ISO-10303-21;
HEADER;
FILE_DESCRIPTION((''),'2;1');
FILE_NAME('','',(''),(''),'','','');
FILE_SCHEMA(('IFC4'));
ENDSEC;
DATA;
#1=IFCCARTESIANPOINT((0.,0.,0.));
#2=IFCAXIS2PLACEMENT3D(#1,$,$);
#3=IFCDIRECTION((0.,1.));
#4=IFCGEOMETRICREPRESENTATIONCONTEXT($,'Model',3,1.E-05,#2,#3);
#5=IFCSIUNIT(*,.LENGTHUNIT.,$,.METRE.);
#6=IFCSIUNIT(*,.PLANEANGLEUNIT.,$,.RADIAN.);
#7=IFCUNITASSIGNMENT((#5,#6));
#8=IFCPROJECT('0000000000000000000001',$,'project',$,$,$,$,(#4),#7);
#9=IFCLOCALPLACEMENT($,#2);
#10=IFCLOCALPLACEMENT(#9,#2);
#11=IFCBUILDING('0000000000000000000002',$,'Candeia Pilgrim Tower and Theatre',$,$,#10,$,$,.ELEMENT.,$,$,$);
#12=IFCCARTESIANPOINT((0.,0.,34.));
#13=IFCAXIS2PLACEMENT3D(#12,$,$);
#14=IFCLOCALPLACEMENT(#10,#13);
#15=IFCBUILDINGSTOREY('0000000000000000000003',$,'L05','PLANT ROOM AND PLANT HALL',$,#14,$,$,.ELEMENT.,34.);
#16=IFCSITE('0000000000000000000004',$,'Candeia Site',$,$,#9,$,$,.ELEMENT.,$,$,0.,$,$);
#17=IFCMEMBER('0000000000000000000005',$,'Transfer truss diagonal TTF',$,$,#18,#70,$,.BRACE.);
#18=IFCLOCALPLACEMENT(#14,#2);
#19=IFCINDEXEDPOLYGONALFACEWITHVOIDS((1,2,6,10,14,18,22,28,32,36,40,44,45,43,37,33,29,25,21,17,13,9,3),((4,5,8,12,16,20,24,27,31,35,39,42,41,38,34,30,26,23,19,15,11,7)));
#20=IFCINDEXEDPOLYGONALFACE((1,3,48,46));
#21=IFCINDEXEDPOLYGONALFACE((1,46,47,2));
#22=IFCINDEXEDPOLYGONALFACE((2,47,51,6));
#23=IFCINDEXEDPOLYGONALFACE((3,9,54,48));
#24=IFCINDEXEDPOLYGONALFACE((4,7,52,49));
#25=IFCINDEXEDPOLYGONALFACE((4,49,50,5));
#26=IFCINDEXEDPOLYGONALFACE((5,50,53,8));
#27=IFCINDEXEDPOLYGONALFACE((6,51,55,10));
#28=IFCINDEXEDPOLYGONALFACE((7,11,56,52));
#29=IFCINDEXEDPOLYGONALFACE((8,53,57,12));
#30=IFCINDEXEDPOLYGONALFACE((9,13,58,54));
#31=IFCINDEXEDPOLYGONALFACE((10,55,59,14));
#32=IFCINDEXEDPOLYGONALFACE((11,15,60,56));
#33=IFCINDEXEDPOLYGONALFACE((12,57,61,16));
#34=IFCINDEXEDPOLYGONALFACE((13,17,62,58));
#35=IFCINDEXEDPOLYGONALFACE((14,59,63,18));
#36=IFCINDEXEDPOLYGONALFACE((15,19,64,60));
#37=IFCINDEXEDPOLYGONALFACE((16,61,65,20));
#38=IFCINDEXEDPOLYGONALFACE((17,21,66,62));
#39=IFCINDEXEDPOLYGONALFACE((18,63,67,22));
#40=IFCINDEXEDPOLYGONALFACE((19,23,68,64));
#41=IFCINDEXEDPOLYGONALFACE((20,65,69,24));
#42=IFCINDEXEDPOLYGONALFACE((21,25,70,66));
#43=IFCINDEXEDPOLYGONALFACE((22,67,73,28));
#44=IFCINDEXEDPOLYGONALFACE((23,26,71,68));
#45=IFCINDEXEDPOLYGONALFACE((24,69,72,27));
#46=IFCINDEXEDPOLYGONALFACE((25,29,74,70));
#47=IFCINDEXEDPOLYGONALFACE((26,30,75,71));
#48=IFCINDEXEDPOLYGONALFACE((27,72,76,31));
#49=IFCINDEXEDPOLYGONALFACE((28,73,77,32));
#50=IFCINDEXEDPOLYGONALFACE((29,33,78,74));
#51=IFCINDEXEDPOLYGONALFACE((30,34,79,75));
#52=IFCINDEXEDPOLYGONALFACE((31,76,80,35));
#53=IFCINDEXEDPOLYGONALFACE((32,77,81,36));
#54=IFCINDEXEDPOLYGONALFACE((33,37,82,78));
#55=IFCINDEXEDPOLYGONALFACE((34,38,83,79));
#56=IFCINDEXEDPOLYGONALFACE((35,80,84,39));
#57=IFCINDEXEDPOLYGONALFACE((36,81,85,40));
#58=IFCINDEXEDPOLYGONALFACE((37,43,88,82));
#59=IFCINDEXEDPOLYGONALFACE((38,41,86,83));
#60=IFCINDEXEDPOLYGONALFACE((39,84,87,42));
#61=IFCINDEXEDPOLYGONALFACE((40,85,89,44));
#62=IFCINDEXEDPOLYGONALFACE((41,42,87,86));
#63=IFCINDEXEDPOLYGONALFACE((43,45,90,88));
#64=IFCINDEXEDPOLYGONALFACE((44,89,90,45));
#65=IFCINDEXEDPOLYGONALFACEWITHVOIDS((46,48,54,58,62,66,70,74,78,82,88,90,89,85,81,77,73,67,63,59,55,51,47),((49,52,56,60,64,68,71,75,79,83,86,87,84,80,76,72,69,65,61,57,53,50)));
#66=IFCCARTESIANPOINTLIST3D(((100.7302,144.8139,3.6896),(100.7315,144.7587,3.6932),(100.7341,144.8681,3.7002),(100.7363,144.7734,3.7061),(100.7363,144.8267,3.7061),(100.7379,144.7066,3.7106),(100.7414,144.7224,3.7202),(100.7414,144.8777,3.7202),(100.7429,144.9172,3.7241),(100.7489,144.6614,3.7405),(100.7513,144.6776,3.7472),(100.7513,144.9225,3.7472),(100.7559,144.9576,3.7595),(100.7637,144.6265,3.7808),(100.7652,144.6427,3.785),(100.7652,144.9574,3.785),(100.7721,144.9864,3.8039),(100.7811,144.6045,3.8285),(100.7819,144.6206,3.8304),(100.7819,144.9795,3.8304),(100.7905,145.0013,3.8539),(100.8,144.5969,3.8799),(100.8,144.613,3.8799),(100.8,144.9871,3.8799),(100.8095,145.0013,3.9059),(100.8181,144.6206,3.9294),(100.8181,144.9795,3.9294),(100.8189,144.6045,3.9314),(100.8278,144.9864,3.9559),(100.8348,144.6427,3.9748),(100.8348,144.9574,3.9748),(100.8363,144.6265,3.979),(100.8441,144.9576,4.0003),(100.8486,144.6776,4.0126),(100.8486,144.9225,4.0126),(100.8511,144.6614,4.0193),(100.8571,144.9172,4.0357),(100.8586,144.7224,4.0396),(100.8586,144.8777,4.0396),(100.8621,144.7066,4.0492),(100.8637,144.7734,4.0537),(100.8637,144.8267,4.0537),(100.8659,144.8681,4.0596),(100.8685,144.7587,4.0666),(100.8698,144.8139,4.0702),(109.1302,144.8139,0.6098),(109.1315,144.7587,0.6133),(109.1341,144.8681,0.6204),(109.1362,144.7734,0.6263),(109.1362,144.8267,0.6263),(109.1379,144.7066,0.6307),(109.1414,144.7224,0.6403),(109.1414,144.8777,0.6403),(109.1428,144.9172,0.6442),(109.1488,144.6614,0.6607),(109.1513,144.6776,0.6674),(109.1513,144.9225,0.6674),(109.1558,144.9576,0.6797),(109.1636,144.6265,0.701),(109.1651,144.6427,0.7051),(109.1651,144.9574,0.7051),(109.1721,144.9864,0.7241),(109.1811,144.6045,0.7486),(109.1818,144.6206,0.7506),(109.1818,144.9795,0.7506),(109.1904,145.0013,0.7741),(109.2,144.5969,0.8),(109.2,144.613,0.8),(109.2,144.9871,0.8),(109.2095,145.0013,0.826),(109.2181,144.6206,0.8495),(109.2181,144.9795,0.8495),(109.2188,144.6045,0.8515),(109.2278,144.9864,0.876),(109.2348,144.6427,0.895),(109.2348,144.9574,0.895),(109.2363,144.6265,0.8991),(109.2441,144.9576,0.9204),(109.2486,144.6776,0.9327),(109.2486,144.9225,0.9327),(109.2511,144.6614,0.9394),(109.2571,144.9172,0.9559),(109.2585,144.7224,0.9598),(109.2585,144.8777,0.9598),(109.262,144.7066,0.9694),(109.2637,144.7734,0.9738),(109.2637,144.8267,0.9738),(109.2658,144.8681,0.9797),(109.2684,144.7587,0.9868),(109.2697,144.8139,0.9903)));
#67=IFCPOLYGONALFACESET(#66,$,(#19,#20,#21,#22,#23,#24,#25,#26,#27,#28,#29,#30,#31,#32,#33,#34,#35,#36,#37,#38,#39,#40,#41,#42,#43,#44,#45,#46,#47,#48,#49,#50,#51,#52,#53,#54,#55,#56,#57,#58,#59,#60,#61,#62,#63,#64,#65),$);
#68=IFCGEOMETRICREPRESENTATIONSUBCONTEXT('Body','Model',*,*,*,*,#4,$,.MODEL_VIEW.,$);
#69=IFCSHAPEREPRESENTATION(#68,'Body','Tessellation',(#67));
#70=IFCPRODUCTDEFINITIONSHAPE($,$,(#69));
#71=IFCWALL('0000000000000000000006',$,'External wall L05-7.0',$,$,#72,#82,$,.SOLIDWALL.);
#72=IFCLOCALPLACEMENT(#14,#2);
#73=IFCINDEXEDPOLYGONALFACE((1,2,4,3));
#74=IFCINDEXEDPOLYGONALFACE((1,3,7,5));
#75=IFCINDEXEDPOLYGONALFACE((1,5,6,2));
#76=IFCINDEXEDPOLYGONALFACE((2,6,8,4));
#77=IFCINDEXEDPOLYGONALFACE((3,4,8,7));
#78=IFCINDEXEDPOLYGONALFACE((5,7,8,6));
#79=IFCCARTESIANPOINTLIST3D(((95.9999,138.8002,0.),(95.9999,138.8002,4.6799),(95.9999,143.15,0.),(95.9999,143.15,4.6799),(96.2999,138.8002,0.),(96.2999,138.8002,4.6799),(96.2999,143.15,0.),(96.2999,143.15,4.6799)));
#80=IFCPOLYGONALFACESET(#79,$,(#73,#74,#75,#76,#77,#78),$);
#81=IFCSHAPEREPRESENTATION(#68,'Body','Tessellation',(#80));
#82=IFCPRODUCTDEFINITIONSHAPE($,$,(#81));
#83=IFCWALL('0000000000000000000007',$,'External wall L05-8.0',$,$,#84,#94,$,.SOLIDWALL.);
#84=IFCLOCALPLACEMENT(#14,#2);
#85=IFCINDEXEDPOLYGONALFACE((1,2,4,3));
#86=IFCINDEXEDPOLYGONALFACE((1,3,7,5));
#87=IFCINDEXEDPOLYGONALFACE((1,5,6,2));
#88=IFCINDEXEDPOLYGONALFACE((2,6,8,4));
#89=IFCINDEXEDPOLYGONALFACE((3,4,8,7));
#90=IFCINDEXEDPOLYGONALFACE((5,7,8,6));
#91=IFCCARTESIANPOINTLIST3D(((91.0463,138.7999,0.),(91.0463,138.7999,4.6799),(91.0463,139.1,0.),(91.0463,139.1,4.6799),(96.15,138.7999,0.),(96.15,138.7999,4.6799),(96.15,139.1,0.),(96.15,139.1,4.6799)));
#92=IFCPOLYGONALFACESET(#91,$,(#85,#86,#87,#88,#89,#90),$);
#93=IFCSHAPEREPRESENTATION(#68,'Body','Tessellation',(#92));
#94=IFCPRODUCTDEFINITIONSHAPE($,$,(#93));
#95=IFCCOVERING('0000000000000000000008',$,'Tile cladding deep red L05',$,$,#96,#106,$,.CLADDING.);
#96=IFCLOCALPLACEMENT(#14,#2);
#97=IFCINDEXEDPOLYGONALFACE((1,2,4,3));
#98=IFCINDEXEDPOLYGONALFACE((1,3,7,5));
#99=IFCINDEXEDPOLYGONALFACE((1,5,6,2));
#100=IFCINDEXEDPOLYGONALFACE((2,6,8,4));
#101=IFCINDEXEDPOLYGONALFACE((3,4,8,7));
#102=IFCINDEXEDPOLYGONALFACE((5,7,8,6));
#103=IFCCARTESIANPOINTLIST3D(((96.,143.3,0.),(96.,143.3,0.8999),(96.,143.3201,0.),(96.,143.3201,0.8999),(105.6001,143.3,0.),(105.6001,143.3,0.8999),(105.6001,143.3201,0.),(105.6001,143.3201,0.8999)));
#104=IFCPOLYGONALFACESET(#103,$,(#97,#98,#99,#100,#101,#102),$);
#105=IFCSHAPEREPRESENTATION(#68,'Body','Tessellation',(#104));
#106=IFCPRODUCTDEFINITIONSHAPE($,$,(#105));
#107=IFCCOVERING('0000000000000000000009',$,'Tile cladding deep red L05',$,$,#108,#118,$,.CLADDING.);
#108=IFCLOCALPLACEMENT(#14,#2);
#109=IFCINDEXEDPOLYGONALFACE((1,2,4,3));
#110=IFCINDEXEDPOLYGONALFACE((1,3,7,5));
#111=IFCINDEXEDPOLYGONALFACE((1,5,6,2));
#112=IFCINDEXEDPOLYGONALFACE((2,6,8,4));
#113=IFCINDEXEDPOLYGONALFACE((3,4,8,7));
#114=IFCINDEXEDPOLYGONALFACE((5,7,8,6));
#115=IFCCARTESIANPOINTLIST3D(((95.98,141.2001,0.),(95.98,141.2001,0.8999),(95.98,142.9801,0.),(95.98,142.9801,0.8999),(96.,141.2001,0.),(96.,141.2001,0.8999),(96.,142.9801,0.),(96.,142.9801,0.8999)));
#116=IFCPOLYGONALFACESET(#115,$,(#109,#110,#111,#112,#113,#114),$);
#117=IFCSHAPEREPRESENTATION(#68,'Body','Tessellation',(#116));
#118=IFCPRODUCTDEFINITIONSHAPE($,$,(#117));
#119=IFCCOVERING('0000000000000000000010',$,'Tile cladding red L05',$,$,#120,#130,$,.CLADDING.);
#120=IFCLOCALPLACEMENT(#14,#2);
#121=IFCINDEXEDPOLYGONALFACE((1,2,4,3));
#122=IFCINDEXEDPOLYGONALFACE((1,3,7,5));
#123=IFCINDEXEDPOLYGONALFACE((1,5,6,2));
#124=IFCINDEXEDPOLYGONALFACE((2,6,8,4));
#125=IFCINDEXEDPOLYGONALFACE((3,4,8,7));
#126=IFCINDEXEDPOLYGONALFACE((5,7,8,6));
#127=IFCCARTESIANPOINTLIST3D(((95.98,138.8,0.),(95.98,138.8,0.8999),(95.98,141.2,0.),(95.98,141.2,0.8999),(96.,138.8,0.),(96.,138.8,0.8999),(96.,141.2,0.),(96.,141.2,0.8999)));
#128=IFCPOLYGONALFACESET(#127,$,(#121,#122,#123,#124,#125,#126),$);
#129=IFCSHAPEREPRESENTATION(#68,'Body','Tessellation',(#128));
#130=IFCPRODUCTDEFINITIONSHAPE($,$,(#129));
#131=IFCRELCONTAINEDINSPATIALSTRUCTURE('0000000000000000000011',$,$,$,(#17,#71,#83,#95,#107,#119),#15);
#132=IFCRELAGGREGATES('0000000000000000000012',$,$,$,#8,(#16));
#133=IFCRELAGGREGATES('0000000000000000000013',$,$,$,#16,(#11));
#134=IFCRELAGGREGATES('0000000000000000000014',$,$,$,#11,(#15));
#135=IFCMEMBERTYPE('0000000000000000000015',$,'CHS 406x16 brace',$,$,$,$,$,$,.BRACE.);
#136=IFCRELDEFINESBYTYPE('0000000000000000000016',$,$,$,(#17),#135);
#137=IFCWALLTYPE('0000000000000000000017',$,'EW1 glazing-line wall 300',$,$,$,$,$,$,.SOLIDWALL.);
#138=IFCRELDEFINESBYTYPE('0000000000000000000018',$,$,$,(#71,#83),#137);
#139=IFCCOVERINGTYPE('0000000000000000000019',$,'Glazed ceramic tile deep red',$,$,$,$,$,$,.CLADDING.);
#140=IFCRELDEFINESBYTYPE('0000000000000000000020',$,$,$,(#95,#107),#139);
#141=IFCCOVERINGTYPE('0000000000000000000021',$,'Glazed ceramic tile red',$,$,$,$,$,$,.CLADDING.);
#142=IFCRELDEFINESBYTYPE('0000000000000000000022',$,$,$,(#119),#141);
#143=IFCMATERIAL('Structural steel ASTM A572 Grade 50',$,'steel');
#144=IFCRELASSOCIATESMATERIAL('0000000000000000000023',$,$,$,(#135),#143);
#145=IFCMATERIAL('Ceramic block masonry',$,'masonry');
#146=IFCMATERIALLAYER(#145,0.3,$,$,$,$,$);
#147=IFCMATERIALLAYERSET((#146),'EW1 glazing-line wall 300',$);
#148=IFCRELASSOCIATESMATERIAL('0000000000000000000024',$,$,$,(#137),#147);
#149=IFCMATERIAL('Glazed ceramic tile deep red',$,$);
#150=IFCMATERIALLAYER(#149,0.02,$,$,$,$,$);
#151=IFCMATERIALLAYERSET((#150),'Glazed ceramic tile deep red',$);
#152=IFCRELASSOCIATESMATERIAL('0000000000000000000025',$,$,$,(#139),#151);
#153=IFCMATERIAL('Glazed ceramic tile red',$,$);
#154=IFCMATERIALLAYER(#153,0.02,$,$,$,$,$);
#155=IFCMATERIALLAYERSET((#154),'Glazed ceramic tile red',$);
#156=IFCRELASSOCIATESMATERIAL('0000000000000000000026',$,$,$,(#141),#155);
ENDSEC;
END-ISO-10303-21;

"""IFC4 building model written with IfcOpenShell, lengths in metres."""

from ifc_helpers import new_model, si_unit, direction, frame, frame_2d, origin, origin_2d, place, context, subcontext, project, spatial, rectangle, hollow_circle, extrude, material, layer, layer_set, material_profile, profile_set, type_object, element, save


model = new_model("IFC4")

# Units and contexts
model_context = context("Model", 3, precision=1e-05, world=origin(), true_north=direction((0.0, 1.0)))
body_context = subcontext(model_context, "Body", "Model", "MODEL_VIEW")
ifc_project = project(units=[si_unit("LENGTHUNIT", "METRE"), si_unit("PLANEANGLEUNIT", "RADIAN")], contexts=[model_context])

# Site, building, storey
site_placement = place(None, origin())
site = spatial("IfcSite", under=ifc_project, at=site_placement, Name="Candeia Site", CompositionType="ELEMENT", RefElevation=0.0)
building_placement = place(site_placement, origin())
building = spatial("IfcBuilding", under=site, at=building_placement, Name="Candeia Pilgrim Tower and Theatre", CompositionType="ELEMENT")
storey_placement = place(building_placement, frame((0.0, 0.0, 34.0)))
storey = spatial("IfcBuildingStorey", under=building, at=storey_placement, Name="L05", Description="PLANT ROOM AND PLANT HALL", CompositionType="ELEMENT", Elevation=34.0)

# Member
ifc_material_1 = material(Name="Structural steel ASTM A572 Grade 50", Category="steel")
ifc_material_profile_1 = material_profile(ifc_material_1, hollow_circle(Radius=0.2031, WallThickness=0.0161, at=origin_2d()))
ifc_profile_set_1 = profile_set([ifc_material_profile_1], Name="Structural steel ASTM A572 Grade 50")
member_type_1 = type_object("IfcMemberType", Name="CHS 406x16 brace", PredefinedType="BRACE", material=ifc_profile_set_1)
member_1_placement = place(storey_placement, frame((109.2, 144.8, 0.8), z_axis=(-0.938881, 0.0, 0.344242), x_axis=(0.0, -1.0, 0.0)))
element("IfcMember", 1, at=member_1_placement, inside=storey, type_object=member_type_1, Name="Transfer truss diagonal TTF", PredefinedType="BRACE", context=body_context, shape_type="SweptSolid", body=[
    extrude(hollow_circle(Radius=0.2031, WallThickness=0.0161, at=origin_2d()), origin(), (0.0, 0.0, 1.0), 8.9468),
])

# Walls
ifc_material_2 = material(Name="Ceramic block masonry", Category="masonry")
ifc_layer_1 = layer(ifc_material_2, 0.3)
ifc_layer_set_1 = layer_set([ifc_layer_1], Name="EW1 glazing-line wall 300")
wall_type = type_object("IfcWallType", Name="EW1 glazing-line wall 300", PredefinedType="SOLIDWALL", material=ifc_layer_set_1)
wall_1_placement = place(storey_placement, frame((96.1499, 143.1499, 0.0), z_axis=(0.0, 0.0, 1.0), x_axis=(0.0, -1.0, 0.0)))
element("IfcWall", 2, at=wall_1_placement, inside=storey, type_object=wall_type, Name="External wall L05-7.0", PredefinedType="SOLIDWALL", context=body_context, shape_type="SweptSolid", body=[
    extrude(rectangle(XDim=4.3499, YDim=0.3, at=frame_2d((2.1748, 0.0))), origin(), (0.0, 0.0, 1.0), 4.6799),
])
wall_2_placement = place(storey_placement, frame((96.1499, 138.95, 0.0), z_axis=(0.0, 0.0, 1.0), x_axis=(-1.0, 0.0, 0.0)))
element("IfcWall", 3, at=wall_2_placement, inside=storey, type_object=wall_type, Name="External wall L05-8.0", PredefinedType="SOLIDWALL", context=body_context, shape_type="SweptSolid", body=[
    extrude(rectangle(XDim=5.1038, YDim=0.3, at=frame_2d((2.5518, 0.0))), origin(), (0.0, 0.0, 1.0), 4.6799),
])

# Coverings
ifc_material_3 = material(Name="Glazed ceramic tile deep red")
ifc_layer_2 = layer(ifc_material_3, 0.02)
ifc_layer_set_2 = layer_set([ifc_layer_2], Name="Glazed ceramic tile deep red")
covering_type_1 = type_object("IfcCoveringType", Name="Glazed ceramic tile deep red", PredefinedType="CLADDING", material=ifc_layer_set_2)
covering_1_placement = place(storey_placement, frame((100.8, 143.3101, 0.0), z_axis=(0.0, 0.0, 1.0), x_axis=(-1.0, 0.0, 0.0)))
element("IfcCovering", 4, at=covering_1_placement, inside=storey, type_object=covering_type_1, Name="Tile cladding deep red L05", PredefinedType="CLADDING", context=body_context, shape_type="SweptSolid", body=[
    extrude(rectangle(XDim=9.6001, YDim=0.02, at=origin_2d()), origin(), (0.0, 0.0, 1.0), 0.8999),
])
covering_2_placement = place(storey_placement, frame((95.99, 142.0901, 0.0), z_axis=(0.0, 0.0, 1.0), x_axis=(0.0, -1.0, 0.0)))
element("IfcCovering", 5, at=covering_2_placement, inside=storey, type_object=covering_type_1, Name="Tile cladding deep red L05", PredefinedType="CLADDING", context=body_context, shape_type="SweptSolid", body=[
    extrude(rectangle(XDim=1.78, YDim=0.02, at=origin_2d()), origin(), (0.0, 0.0, 1.0), 0.8999),
])
ifc_material_4 = material(Name="Glazed ceramic tile red")
ifc_layer_3 = layer(ifc_material_4, 0.02)
ifc_layer_set_3 = layer_set([ifc_layer_3], Name="Glazed ceramic tile red")
covering_type_2 = type_object("IfcCoveringType", Name="Glazed ceramic tile red", PredefinedType="CLADDING", material=ifc_layer_set_3)
covering_3_placement = place(storey_placement, frame((95.99, 140.0, 0.0), z_axis=(0.0, 0.0, 1.0), x_axis=(0.0, -1.0, 0.0)))
element("IfcCovering", 6, at=covering_3_placement, inside=storey, type_object=covering_type_2, Name="Tile cladding red L05", PredefinedType="CLADDING", context=body_context, shape_type="SweptSolid", body=[
    extrude(rectangle(XDim=2.3999, YDim=0.02, at=origin_2d()), origin(), (0.0, 0.0, 1.0), 0.8999),
])

save(model, "model.ifc")
